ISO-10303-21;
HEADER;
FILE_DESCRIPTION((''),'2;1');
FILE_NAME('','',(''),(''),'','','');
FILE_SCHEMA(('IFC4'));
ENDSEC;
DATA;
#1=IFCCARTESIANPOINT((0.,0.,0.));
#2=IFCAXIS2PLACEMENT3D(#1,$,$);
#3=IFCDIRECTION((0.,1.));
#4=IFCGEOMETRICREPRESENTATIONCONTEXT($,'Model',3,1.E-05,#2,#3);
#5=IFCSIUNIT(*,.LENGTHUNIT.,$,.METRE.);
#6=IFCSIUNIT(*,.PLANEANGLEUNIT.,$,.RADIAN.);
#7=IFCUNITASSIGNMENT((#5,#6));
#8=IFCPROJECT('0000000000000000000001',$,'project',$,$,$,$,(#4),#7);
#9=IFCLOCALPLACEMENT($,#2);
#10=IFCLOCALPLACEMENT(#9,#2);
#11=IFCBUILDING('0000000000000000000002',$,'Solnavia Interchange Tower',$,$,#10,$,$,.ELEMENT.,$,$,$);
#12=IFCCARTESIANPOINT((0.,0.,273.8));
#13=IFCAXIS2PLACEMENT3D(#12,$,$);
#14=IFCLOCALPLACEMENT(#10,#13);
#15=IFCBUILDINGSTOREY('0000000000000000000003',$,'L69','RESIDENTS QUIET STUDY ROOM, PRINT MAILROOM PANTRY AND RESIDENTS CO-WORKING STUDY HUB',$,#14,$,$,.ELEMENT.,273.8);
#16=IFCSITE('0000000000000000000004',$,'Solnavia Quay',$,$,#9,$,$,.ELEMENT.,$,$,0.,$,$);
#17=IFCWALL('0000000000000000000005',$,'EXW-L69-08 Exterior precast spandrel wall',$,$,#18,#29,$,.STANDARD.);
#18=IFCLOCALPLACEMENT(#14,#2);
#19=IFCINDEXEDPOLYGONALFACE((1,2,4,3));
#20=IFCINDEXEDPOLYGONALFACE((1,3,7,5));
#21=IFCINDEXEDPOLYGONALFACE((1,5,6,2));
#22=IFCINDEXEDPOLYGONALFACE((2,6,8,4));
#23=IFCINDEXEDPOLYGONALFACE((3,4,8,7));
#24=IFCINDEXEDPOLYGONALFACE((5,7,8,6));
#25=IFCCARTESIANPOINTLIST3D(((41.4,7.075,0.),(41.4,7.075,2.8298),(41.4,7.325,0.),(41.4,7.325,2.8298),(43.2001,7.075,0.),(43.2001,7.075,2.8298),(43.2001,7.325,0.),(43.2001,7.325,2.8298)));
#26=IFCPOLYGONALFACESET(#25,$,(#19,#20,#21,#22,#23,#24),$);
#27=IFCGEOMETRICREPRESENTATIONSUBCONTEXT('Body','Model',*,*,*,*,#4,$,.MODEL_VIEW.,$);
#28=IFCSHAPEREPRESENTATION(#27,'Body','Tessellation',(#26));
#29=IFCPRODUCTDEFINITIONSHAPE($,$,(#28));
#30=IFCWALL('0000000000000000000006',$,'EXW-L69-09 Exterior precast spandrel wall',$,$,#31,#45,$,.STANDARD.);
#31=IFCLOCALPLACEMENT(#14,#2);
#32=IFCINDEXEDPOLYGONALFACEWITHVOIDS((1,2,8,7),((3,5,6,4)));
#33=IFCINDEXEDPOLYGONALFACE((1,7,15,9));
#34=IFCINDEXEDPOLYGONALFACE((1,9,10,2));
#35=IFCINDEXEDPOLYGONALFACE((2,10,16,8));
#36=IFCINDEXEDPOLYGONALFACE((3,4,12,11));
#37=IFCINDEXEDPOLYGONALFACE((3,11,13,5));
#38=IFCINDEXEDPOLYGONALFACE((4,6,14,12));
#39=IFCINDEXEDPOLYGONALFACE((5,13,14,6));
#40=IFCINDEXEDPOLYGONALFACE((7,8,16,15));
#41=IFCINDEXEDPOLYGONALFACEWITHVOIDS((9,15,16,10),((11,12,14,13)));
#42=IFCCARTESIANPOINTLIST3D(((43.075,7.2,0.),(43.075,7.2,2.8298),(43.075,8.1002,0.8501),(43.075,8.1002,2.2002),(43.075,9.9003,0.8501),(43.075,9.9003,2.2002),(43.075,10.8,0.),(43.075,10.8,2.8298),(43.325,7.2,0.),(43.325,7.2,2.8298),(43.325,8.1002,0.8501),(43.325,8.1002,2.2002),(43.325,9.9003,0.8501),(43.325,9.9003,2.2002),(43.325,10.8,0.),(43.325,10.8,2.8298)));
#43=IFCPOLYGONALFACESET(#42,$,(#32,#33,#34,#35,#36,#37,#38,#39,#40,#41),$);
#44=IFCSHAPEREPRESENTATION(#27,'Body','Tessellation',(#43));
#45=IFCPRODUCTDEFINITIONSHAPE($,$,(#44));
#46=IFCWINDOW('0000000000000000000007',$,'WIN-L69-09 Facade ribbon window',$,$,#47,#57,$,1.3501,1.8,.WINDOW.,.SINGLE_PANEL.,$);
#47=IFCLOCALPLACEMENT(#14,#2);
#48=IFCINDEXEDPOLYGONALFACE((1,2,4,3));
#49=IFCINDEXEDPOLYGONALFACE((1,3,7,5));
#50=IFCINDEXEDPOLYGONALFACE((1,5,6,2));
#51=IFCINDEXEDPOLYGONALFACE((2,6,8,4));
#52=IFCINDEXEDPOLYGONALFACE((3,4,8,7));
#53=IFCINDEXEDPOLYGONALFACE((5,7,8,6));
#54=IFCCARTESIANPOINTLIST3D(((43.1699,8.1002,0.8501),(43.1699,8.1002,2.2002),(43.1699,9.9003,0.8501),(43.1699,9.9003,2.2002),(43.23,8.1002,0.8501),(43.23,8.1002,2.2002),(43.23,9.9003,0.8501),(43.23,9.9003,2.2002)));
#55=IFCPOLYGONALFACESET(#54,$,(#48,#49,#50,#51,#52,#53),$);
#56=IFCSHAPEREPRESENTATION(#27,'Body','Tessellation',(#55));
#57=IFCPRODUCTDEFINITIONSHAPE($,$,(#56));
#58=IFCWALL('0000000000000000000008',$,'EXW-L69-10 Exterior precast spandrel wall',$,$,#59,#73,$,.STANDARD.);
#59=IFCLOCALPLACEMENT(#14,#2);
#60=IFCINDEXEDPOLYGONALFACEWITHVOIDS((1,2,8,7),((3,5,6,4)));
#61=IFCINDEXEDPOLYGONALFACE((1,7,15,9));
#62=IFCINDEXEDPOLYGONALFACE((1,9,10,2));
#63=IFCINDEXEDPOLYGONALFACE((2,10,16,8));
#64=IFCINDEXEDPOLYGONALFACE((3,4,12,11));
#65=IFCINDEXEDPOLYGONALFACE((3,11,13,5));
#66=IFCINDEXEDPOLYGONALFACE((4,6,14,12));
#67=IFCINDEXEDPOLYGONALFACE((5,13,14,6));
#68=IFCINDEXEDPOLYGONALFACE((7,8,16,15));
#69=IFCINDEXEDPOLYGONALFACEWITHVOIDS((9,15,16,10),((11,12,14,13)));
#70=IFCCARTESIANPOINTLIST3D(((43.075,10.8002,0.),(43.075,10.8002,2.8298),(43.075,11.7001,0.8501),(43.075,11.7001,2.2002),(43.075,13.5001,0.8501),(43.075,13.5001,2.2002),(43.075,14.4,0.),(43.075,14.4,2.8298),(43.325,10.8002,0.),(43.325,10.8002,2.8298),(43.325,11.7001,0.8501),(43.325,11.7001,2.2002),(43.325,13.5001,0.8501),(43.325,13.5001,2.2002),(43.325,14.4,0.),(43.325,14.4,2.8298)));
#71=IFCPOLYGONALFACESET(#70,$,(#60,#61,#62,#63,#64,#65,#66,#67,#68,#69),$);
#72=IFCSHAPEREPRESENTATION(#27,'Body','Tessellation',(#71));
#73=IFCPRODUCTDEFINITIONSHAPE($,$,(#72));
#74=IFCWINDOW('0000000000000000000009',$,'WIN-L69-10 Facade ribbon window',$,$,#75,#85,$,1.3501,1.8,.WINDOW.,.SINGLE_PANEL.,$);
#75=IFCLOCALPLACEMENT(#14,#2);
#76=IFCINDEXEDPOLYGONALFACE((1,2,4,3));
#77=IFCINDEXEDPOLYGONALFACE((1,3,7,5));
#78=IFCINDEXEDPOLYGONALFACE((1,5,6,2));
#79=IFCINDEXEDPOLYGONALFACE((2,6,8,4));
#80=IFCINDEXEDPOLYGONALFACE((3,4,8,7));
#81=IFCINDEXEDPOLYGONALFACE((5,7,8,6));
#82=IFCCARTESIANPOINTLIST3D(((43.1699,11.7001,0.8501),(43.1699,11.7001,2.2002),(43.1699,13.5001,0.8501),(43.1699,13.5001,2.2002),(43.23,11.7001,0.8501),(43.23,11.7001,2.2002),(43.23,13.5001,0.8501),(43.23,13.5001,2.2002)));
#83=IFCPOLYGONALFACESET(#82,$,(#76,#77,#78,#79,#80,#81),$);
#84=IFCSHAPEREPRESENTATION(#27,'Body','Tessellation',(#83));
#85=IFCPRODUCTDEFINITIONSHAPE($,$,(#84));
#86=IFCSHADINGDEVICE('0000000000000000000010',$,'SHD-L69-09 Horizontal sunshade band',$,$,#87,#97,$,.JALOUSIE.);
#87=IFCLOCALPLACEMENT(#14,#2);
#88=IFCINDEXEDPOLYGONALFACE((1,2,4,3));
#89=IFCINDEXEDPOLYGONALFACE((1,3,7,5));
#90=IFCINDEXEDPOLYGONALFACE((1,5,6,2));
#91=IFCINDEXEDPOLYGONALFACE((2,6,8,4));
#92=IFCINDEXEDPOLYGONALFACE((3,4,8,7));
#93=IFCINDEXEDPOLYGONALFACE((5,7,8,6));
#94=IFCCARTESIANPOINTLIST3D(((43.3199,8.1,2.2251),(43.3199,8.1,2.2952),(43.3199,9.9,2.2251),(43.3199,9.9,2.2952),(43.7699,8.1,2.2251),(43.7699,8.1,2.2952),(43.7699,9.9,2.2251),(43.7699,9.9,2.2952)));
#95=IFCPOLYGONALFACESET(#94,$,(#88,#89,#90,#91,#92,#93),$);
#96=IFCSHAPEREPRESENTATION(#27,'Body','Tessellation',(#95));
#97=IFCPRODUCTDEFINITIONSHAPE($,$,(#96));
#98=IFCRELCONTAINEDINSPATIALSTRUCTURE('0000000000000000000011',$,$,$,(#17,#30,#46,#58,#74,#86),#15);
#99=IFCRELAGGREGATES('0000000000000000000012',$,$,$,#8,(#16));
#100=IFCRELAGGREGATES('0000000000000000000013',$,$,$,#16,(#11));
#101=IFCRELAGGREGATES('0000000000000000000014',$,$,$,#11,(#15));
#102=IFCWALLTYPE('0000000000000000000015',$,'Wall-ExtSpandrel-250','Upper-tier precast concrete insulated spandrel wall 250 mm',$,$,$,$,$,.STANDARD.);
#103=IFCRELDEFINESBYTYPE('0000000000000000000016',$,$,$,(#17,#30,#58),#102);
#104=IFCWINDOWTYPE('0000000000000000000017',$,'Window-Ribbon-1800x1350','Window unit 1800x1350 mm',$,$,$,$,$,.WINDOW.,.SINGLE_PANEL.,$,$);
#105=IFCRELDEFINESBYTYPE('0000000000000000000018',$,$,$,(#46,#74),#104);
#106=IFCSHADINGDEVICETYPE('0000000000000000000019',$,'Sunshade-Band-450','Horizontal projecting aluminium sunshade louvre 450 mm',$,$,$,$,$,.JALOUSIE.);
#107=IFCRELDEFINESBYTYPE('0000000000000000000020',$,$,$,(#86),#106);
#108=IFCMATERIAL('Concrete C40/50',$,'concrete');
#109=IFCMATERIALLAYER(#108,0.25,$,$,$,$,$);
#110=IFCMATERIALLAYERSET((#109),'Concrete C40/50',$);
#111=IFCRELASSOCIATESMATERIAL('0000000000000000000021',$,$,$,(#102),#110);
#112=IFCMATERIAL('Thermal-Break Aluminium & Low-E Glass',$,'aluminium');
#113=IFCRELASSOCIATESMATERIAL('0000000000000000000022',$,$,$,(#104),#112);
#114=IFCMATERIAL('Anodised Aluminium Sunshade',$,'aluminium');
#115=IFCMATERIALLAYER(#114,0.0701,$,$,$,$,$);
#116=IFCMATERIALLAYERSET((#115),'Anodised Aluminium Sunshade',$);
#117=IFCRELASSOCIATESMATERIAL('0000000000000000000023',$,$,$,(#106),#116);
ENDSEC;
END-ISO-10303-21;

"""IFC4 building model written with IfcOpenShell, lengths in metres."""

from ifc_helpers import new_model, si_unit, direction, frame, frame_2d, origin, origin_2d, place, context, subcontext, project, spatial, rectangle, extrude, material, layer, layer_set, type_object, element, fill, save


model = new_model("IFC4")

# Units and contexts
model_context = context("Model", 3, precision=1e-05, world=origin(), true_north=direction((0.0, 1.0)))
body_context = subcontext(model_context, "Body", "Model", "MODEL_VIEW")
ifc_project = project(units=[si_unit("LENGTHUNIT", "METRE"), si_unit("PLANEANGLEUNIT", "RADIAN")], contexts=[model_context])

# Site, building, storey
site_placement = place(None, origin())
site = spatial("IfcSite", under=ifc_project, at=site_placement, Name="Solnavia Quay", CompositionType="ELEMENT", RefElevation=0.0)
building_placement = place(site_placement, origin())
building = spatial("IfcBuilding", under=site, at=building_placement, Name="Solnavia Interchange Tower", CompositionType="ELEMENT")
storey_placement = place(building_placement, frame((0.0, 0.0, 273.8)))
storey = spatial("IfcBuildingStorey", under=building, at=storey_placement, Name="L69", Description="RESIDENTS QUIET STUDY ROOM, PRINT MAILROOM PANTRY AND RESIDENTS CO-WORKING STUDY HUB", CompositionType="ELEMENT", Elevation=273.8)

# Shared definitions
ifc_material_1 = material(Name="Concrete C40/50", Category="concrete")
ifc_layer_1 = layer(ifc_material_1, 0.25)
ifc_layer_set_1 = layer_set([ifc_layer_1], Name="Concrete C40/50")
wall_type_1 = type_object("IfcWallType", Name="Wall-ExtSpandrel-250", Description="Upper-tier precast concrete insulated spandrel wall 250 mm", PredefinedType="STANDARD", material=ifc_layer_set_1)
ifc_material_2 = material(Name="Thermal-Break Aluminium & Low-E Glass", Category="aluminium")
window_type = type_object("IfcWindowType", Name="Window-Ribbon-1800x1350", Description="Window unit 1800x1350 mm", PartitioningType="SINGLE_PANEL", PredefinedType="WINDOW", material=ifc_material_2)

# Wall
wall_1_placement = place(storey_placement, frame((43.2, 7.2, 0.0), z_axis=(0.0, 0.0, 1.0), x_axis=(-1.0, 0.0, 0.0)))
element("IfcWall", 1, at=wall_1_placement, inside=storey, type_object=wall_type_1, Name="EXW-L69-08 Exterior precast spandrel wall", PredefinedType="STANDARD", context=body_context, shape_type="SweptSolid", body=[
    extrude(rectangle(XDim=1.8, YDim=0.25, at=frame_2d((0.8999, 0.0))), origin(), (0.0, 0.0, 1.0), 2.8298),
])

# Walls, openings, windows
wall_2_placement = place(storey_placement, frame((43.2, 10.8, 0.0), z_axis=(0.0, 0.0, 1.0), x_axis=(0.0, -1.0, 0.0)))
wall_2 = element("IfcWall", 2, at=wall_2_placement, inside=storey, type_object=wall_type_1, Name="EXW-L69-09 Exterior precast spandrel wall", PredefinedType="STANDARD", context=body_context, shape_type="SweptSolid", body=[
    extrude(rectangle(XDim=3.6001, YDim=0.25, at=frame_2d((1.8, 0.0))), origin(), (0.0, 0.0, 1.0), 2.8298),
])
opening_1_placement = place(wall_2_placement, frame((0.8999, 0.0, 0.8501)))
opening_1 = element("IfcOpeningElement", 3, at=opening_1_placement, cuts=wall_2, PredefinedType="OPENING", context=body_context, shape_type="SweptSolid", body=[
    extrude(rectangle(XDim=1.8, YDim=1.3501, at=frame_2d((0.8999, 0.675))), frame((0.0, 0.135, 0.0), z_axis=(0.0, -1.0, 0.0), x_axis=(1.0, 0.0, 0.0)), (0.0, 0.0, 1.0), 0.27),
])
window_1_placement = place(opening_1_placement, origin())
window_1 = element("IfcWindow", 4, at=window_1_placement, inside=storey, type_object=window_type, Name="WIN-L69-09 Facade ribbon window", OverallHeight=1.3501, OverallWidth=1.8, PartitioningType="SINGLE_PANEL", PredefinedType="WINDOW", context=body_context, shape_type="SweptSolid", body=[
    extrude(rectangle(XDim=1.8, YDim=1.3501, at=frame_2d((0.8999, 0.675))), frame((0.0, 0.03, 0.0), z_axis=(0.0, -1.0, 0.0), x_axis=(1.0, 0.0, 0.0)), (0.0, 0.0, 1.0), 0.0601),
])
fill(opening_1, window_1)
wall_3_placement = place(storey_placement, frame((43.2, 14.3999, 0.0), z_axis=(0.0, 0.0, 1.0), x_axis=(0.0, -1.0, 0.0)))
wall_3 = element("IfcWall", 5, at=wall_3_placement, inside=storey, type_object=wall_type_1, Name="EXW-L69-10 Exterior precast spandrel wall", PredefinedType="STANDARD", context=body_context, shape_type="SweptSolid", body=[
    extrude(rectangle(XDim=3.5999, YDim=0.25, at=frame_2d((1.7998, 0.0))), origin(), (0.0, 0.0, 1.0), 2.8298),
])
opening_2_placement = place(wall_3_placement, frame((0.8999, 0.0, 0.8501)))
opening_2 = element("IfcOpeningElement", 6, at=opening_2_placement, cuts=wall_3, PredefinedType="OPENING", context=body_context, shape_type="SweptSolid", body=[
    extrude(rectangle(XDim=1.8, YDim=1.3501, at=frame_2d((0.8999, 0.675))), frame((0.0, 0.135, 0.0), z_axis=(0.0, -1.0, 0.0), x_axis=(1.0, 0.0, 0.0)), (0.0, 0.0, 1.0), 0.27),
])
window_2_placement = place(opening_2_placement, origin())
window_2 = element("IfcWindow", 7, at=window_2_placement, inside=storey, type_object=window_type, Name="WIN-L69-10 Facade ribbon window", OverallHeight=1.3501, OverallWidth=1.8, PartitioningType="SINGLE_PANEL", PredefinedType="WINDOW", context=body_context, shape_type="SweptSolid", body=[
    extrude(rectangle(XDim=1.8, YDim=1.3501, at=frame_2d((0.8999, 0.675))), frame((0.0, 0.03, 0.0), z_axis=(0.0, -1.0, 0.0), x_axis=(1.0, 0.0, 0.0)), (0.0, 0.0, 1.0), 0.0601),
])
fill(opening_2, window_2)

# Shading device
ifc_material_3 = material(Name="Anodised Aluminium Sunshade", Category="aluminium")
ifc_layer_2 = layer(ifc_material_3, 0.0701)
ifc_layer_set_2 = layer_set([ifc_layer_2], Name="Anodised Aluminium Sunshade")
shading_device_type = type_object("IfcShadingDeviceType", Name="Sunshade-Band-450", Description="Horizontal projecting aluminium sunshade louvre 450 mm", PredefinedType="JALOUSIE", material=ifc_layer_set_2)
shading_device_placement = place(storey_placement, frame((43.5449, 9.0, 2.2251), z_axis=(0.0, 0.0, 1.0), x_axis=(0.0, -1.0, 0.0)))
element("IfcShadingDevice", 8, at=shading_device_placement, inside=storey, type_object=shading_device_type, Name="SHD-L69-09 Horizontal sunshade band", PredefinedType="JALOUSIE", context=body_context, shape_type="SweptSolid", body=[
    extrude(rectangle(XDim=1.8, YDim=0.45, at=origin_2d()), origin(), (0.0, 0.0, 1.0), 0.0701),
])

save(model, "model.ifc")
